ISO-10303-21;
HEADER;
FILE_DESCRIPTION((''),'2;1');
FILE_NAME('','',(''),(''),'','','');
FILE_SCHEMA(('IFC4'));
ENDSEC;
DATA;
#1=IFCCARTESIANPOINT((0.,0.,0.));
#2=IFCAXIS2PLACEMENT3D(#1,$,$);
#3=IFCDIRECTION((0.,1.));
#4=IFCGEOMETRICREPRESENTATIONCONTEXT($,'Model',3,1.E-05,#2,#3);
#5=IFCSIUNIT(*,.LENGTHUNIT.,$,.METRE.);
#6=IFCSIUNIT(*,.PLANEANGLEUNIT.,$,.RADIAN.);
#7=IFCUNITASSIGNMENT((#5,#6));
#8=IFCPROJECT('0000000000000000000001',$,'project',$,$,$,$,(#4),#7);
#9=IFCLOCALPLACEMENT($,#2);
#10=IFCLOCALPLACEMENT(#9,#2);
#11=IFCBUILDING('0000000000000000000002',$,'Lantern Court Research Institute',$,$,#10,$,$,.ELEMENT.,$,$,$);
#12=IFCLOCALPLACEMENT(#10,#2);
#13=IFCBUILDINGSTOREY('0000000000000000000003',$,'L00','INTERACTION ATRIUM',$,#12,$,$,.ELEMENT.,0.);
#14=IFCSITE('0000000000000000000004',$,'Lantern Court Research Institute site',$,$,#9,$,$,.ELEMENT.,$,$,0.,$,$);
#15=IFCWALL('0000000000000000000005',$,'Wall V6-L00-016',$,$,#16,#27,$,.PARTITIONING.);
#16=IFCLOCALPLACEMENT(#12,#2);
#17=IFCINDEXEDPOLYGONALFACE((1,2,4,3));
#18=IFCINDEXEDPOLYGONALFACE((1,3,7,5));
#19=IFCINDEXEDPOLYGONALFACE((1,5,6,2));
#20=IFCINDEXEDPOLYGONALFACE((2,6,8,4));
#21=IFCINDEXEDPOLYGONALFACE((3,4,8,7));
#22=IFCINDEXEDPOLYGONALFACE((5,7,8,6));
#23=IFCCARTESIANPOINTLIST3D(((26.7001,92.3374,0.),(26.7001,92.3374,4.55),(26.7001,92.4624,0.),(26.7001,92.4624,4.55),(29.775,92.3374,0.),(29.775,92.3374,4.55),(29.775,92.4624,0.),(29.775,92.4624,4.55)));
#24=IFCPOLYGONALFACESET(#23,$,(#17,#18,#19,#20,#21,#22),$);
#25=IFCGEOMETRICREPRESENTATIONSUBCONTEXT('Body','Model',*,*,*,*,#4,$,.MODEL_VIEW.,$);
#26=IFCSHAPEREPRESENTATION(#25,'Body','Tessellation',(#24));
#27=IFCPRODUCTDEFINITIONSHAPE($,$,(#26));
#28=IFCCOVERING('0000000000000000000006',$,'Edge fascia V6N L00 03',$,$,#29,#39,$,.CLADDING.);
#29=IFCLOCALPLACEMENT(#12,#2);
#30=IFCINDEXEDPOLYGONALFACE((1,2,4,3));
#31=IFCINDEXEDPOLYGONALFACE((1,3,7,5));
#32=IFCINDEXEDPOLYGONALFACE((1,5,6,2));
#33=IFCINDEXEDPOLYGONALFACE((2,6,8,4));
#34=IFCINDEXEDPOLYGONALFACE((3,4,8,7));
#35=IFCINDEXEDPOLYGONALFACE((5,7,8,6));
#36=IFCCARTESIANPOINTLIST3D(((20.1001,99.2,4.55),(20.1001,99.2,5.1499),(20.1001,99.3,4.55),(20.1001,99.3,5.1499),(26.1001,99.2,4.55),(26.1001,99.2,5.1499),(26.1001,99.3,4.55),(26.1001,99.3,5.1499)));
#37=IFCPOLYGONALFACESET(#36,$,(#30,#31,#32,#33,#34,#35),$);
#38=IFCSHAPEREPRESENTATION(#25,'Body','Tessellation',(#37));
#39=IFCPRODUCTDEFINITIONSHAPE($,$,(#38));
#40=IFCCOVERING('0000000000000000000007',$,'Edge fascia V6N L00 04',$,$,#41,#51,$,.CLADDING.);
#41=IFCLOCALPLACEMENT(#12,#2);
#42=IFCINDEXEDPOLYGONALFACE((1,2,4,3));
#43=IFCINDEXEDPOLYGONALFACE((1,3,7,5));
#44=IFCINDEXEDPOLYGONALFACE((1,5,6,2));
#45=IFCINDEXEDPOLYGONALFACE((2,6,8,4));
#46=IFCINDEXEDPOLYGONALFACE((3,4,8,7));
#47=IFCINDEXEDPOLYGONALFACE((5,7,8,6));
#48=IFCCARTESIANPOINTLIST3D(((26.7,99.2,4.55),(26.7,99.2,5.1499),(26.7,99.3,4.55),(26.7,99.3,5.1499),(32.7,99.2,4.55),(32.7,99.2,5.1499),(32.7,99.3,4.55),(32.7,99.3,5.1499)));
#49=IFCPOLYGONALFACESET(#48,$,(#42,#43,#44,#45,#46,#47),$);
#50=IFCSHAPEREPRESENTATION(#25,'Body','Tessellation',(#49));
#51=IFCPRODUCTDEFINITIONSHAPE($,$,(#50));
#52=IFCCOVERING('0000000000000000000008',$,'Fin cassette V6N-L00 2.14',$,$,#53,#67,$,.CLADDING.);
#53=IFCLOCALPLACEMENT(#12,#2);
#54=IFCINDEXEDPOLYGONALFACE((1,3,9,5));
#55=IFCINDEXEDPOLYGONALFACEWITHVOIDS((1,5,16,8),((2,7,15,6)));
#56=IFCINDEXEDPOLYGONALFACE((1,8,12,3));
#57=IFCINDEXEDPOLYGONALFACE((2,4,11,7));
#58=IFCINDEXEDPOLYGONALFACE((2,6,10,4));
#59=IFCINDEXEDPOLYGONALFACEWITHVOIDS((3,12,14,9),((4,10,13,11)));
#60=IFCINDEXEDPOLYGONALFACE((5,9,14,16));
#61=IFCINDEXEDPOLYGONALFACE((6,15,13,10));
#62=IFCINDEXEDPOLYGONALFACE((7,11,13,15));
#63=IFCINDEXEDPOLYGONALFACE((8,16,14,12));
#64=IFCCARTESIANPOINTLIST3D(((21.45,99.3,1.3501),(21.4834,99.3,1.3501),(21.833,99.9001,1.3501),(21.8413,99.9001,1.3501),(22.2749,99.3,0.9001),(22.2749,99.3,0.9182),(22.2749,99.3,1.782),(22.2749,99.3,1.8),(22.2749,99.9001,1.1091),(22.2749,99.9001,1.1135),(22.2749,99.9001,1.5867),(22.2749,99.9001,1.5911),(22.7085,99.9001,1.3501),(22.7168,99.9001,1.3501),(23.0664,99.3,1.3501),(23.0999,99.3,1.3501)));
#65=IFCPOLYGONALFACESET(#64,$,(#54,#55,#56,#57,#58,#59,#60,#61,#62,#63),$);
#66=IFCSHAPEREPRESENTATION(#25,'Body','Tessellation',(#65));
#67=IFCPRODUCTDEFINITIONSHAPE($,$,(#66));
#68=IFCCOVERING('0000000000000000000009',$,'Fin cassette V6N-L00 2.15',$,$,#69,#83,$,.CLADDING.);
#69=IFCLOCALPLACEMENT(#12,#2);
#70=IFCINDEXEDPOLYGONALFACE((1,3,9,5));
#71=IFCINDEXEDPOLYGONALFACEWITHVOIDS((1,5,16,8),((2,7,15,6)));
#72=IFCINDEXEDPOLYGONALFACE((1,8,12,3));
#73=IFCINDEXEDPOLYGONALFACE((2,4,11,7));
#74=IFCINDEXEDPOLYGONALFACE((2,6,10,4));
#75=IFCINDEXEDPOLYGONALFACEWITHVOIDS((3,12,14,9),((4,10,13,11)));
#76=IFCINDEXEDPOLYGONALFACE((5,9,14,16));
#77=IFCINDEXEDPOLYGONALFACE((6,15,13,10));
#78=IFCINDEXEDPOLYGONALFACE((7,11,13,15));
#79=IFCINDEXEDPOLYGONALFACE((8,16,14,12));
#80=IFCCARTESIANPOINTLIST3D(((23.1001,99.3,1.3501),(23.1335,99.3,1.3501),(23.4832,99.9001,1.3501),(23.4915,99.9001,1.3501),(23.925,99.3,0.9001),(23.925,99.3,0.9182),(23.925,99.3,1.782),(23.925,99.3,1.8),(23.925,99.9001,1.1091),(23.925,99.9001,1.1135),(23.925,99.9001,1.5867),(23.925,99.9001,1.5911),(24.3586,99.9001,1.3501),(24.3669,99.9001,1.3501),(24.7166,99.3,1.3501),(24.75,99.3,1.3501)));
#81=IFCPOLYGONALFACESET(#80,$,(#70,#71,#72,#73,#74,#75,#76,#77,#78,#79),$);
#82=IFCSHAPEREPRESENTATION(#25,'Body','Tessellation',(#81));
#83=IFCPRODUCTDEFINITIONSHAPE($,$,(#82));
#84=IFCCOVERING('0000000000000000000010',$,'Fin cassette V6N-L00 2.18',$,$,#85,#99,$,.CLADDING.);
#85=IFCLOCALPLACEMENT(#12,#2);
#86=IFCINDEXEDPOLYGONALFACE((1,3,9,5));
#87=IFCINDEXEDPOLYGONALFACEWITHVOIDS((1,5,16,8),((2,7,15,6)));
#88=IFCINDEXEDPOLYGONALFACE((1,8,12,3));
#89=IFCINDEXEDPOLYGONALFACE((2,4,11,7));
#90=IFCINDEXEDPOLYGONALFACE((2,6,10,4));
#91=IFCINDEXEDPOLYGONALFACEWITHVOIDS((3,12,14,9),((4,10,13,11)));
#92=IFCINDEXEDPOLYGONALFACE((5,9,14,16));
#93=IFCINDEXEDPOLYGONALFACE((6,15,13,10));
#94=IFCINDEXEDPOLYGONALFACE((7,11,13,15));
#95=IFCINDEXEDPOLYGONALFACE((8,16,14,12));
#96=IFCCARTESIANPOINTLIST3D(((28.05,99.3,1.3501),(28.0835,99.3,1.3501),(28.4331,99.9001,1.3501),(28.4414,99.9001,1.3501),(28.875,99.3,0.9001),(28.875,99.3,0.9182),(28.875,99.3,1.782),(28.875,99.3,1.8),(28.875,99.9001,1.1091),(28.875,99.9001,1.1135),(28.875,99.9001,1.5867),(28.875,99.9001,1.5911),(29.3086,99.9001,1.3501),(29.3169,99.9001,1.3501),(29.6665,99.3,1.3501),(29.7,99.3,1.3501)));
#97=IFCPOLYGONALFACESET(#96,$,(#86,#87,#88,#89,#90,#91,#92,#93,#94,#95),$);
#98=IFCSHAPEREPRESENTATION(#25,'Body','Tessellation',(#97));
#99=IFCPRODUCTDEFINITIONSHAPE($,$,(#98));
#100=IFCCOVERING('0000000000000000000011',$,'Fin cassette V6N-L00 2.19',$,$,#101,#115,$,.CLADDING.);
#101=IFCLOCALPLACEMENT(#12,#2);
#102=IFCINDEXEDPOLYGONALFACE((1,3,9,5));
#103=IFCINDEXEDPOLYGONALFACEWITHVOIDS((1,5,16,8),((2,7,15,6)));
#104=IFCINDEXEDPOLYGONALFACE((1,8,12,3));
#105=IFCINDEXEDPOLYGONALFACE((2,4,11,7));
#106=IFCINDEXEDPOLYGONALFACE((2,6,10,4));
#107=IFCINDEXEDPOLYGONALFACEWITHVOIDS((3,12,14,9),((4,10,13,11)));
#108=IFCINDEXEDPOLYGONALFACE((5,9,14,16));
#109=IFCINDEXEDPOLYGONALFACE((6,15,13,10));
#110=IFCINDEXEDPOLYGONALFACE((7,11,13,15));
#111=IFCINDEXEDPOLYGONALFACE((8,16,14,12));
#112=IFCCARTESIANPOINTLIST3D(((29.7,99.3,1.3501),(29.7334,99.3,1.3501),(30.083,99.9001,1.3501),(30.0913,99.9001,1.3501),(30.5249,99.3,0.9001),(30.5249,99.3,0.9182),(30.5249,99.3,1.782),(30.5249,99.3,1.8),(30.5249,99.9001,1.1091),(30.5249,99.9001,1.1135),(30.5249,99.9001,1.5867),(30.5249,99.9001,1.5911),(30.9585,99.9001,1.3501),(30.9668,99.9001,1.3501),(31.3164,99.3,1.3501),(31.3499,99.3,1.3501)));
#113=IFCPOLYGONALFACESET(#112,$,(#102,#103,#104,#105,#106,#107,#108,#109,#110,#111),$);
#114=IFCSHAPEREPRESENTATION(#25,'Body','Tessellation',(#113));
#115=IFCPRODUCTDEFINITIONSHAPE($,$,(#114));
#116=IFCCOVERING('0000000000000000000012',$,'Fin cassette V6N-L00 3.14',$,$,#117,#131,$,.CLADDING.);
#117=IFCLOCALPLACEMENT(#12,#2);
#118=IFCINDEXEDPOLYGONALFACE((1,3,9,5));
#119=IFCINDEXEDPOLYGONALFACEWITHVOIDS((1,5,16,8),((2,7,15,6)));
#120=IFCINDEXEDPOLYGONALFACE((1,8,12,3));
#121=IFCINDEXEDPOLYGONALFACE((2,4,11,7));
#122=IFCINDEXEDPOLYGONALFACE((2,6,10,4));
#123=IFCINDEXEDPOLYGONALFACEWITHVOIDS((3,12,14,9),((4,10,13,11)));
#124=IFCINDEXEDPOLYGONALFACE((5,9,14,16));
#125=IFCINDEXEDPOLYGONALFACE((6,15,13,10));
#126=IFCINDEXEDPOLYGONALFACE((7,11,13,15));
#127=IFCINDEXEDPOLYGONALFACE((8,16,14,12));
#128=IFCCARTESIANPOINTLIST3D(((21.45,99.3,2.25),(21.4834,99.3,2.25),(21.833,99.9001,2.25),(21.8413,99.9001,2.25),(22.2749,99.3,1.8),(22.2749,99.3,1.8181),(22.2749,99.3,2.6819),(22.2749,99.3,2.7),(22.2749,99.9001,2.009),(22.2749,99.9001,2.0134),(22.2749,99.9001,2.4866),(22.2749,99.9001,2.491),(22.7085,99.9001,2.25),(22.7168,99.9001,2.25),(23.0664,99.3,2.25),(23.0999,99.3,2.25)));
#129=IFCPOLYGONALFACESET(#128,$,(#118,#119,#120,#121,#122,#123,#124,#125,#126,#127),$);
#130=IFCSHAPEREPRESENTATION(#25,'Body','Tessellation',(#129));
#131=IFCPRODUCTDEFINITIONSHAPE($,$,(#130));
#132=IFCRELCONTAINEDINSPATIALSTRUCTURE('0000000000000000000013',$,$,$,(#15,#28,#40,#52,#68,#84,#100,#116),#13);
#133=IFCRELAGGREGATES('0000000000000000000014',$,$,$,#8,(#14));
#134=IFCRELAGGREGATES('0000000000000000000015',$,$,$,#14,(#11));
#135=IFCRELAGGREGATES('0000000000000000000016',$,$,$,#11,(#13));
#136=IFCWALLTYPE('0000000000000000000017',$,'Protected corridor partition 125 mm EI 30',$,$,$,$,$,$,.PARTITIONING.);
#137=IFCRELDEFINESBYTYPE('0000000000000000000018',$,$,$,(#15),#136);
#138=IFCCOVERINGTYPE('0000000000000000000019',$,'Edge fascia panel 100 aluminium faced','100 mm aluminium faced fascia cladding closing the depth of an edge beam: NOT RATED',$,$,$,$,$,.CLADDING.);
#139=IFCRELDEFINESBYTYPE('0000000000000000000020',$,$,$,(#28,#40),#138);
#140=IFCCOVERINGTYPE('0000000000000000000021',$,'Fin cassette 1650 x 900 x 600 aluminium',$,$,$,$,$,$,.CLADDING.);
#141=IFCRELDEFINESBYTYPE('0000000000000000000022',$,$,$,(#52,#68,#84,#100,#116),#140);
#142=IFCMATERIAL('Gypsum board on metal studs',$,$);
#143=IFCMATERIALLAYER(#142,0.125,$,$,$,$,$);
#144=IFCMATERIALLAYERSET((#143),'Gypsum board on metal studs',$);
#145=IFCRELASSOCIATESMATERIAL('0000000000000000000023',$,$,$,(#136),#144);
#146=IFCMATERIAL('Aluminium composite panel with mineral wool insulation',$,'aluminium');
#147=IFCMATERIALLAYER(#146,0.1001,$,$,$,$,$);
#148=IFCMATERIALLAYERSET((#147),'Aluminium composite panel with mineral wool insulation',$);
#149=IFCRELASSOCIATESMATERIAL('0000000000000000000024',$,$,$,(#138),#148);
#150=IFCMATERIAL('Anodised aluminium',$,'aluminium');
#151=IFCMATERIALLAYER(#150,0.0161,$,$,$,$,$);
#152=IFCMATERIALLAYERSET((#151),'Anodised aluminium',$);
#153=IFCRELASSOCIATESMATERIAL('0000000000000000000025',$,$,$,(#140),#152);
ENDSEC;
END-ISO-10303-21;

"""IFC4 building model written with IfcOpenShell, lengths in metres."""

from ifc_helpers import new_model, entity, si_unit, direction, frame, frame_2d, origin, place, context, subcontext, project, spatial, rectangle, extrude, material, layer, layer_set, type_object, element, save


model = new_model("IFC4")

# Units and contexts
model_context = context("Model", 3, precision=1e-05, world=origin(), true_north=direction((0.0, 1.0)))
body_context = subcontext(model_context, "Body", "Model", "MODEL_VIEW")
ifc_project = project(units=[si_unit("LENGTHUNIT", "METRE"), si_unit("PLANEANGLEUNIT", "RADIAN")], contexts=[model_context])

# Site, building, storey
site_placement = place(None, origin())
site = spatial("IfcSite", under=ifc_project, at=site_placement, Name="Lantern Court Research Institute site", CompositionType="ELEMENT", RefElevation=0.0)
building_placement = place(site_placement, origin())
building = spatial("IfcBuilding", under=site, at=building_placement, Name="Lantern Court Research Institute", CompositionType="ELEMENT")
storey_placement = place(building_placement, origin())
storey = spatial("IfcBuildingStorey", under=building, at=storey_placement, Name="L00", Description="INTERACTION ATRIUM", CompositionType="ELEMENT", Elevation=0.0)

# Wall
ifc_material_1 = material(Name="Gypsum board on metal studs")
ifc_layer_1 = layer(ifc_material_1, 0.125)
ifc_layer_set_1 = layer_set([ifc_layer_1], Name="Gypsum board on metal studs")
wall_type_1 = type_object("IfcWallType", Name="Protected corridor partition 125 mm EI 30", PredefinedType="PARTITIONING", material=ifc_layer_set_1)
wall_1_placement = place(storey_placement, frame((26.7, 92.3999, 0.0), z_axis=(0.0, 0.0, 1.0), x_axis=(1.0, 0.0, 0.0)))
element("IfcWall", 1, at=wall_1_placement, inside=storey, type_object=wall_type_1, Name="Wall V6-L00-016", PredefinedType="PARTITIONING", context=body_context, shape_type="SweptSolid", body=[
    extrude(rectangle(XDim=3.075, YDim=0.125, at=frame_2d((1.5376, 0.0))), origin(), (0.0, 0.0, 1.0), 4.55),
])

# Coverings
ifc_material_2 = material(Name="Aluminium composite panel with mineral wool insulation", Category="aluminium")
ifc_layer_2 = layer(ifc_material_2, 0.1001)
ifc_layer_set_2 = layer_set([ifc_layer_2], Name="Aluminium composite panel with mineral wool insulation")
covering_type_1 = type_object("IfcCoveringType", Name="Edge fascia panel 100 aluminium faced", Description="100 mm aluminium faced fascia cladding closing the depth of an edge beam: NOT RATED", PredefinedType="CLADDING", material=ifc_layer_set_2)
for number, where, z_axis, x_axis, name in (
    (2, (20.1001, 99.25, 4.55), (0.0, 0.0, 1.0), (1.0, 0.0, 0.0), "Edge fascia V6N L00 03"),
    (3, (26.7, 99.25, 4.55), (0.0, 0.0, 1.0), (1.0, 0.0, 0.0), "Edge fascia V6N L00 04"),
):
    element("IfcCovering", number, at=place(storey_placement, frame(where, z_axis=z_axis, x_axis=x_axis)), inside=storey, type_object=covering_type_1, Name=name, PredefinedType="CLADDING", context=body_context, shape_type="SweptSolid", body=[
        extrude(rectangle(XDim=6.0, YDim=0.1001, at=frame_2d((3.0, 0.0))), origin(), (0.0, 0.0, 1.0), 0.5999),
    ])
ifc_material_3 = material(Name="Anodised aluminium", Category="aluminium")
ifc_layer_3 = layer(ifc_material_3, 0.0161)
ifc_layer_set_3 = layer_set([ifc_layer_3], Name="Anodised aluminium")
covering_type_2 = type_object("IfcCoveringType", Name="Fin cassette 1650 x 900 x 600 aluminium", PredefinedType="CLADDING", material=ifc_layer_set_3)
covering_1_placement = place(storey_placement, frame((22.2749, 99.3, 1.3501), z_axis=(0.0, 1.0, 0.0), x_axis=(-1.0, 0.0, 0.0)))
cartesian_point_1 = entity("IfcCartesianPoint", [0.825, 0.0])
cartesian_point_2 = entity("IfcCartesianPoint", [0.7915, 0.0])
cartesian_point_3 = entity("IfcCartesianPoint", [0.4419, 0.0])
cartesian_point_4 = entity("IfcCartesianPoint", [0.4336, 0.0])
element("IfcCovering", 4, at=covering_1_placement, inside=storey, type_object=covering_type_2, Name="Fin cassette V6N-L00 2.14", PredefinedType="CLADDING", context=body_context, shape_type="SweptSolid", body=[
    entity("IfcExtrudedAreaSolidTapered", entity("IfcArbitraryProfileDefWithVoids", "AREA", None, entity("IfcPolyline", [cartesian_point_1, entity("IfcCartesianPoint", [0.0, 0.45]), entity("IfcCartesianPoint", [-0.825, 0.0]), entity("IfcCartesianPoint", [0.0, -0.45]), cartesian_point_1]), [entity("IfcPolyline", [cartesian_point_2, entity("IfcCartesianPoint", [0.0, 0.4319]), entity("IfcCartesianPoint", [-0.7915, 0.0]), entity("IfcCartesianPoint", [0.0, -0.4319]), cartesian_point_2])]), entity("IfcAxis2Placement3D", entity("IfcCartesianPoint", [0.0, 0.0, 0.0])), entity("IfcDirection", [0.0, 0.0, 1.0]), 0.6001, entity("IfcArbitraryProfileDefWithVoids", "AREA", None, entity("IfcPolyline", [cartesian_point_3, entity("IfcCartesianPoint", [0.0, 0.241]), entity("IfcCartesianPoint", [-0.4419, 0.0]), entity("IfcCartesianPoint", [0.0, -0.241]), cartesian_point_3]), [entity("IfcPolyline", [cartesian_point_4, entity("IfcCartesianPoint", [0.0, 0.2366]), entity("IfcCartesianPoint", [-0.4336, 0.0]), entity("IfcCartesianPoint", [0.0, -0.2366]), cartesian_point_4])])),
])
covering_2_placement = place(storey_placement, frame((23.925, 99.3, 1.3501), z_axis=(0.0, 1.0, 0.0), x_axis=(-1.0, 0.0, 0.0)))
cartesian_point_5 = entity("IfcCartesianPoint", [0.825, 0.0])
cartesian_point_6 = entity("IfcCartesianPoint", [0.7915, 0.0])
cartesian_point_7 = entity("IfcCartesianPoint", [0.4419, 0.0])
cartesian_point_8 = entity("IfcCartesianPoint", [0.4336, 0.0])
element("IfcCovering", 5, at=covering_2_placement, inside=storey, type_object=covering_type_2, Name="Fin cassette V6N-L00 2.15", PredefinedType="CLADDING", context=body_context, shape_type="SweptSolid", body=[
    entity("IfcExtrudedAreaSolidTapered", entity("IfcArbitraryProfileDefWithVoids", "AREA", None, entity("IfcPolyline", [cartesian_point_5, entity("IfcCartesianPoint", [0.0, 0.45]), entity("IfcCartesianPoint", [-0.825, 0.0]), entity("IfcCartesianPoint", [0.0, -0.45]), cartesian_point_5]), [entity("IfcPolyline", [cartesian_point_6, entity("IfcCartesianPoint", [0.0, 0.4319]), entity("IfcCartesianPoint", [-0.7915, 0.0]), entity("IfcCartesianPoint", [0.0, -0.4319]), cartesian_point_6])]), entity("IfcAxis2Placement3D", entity("IfcCartesianPoint", [0.0, 0.0, 0.0])), entity("IfcDirection", [0.0, 0.0, 1.0]), 0.6001, entity("IfcArbitraryProfileDefWithVoids", "AREA", None, entity("IfcPolyline", [cartesian_point_7, entity("IfcCartesianPoint", [0.0, 0.241]), entity("IfcCartesianPoint", [-0.4419, 0.0]), entity("IfcCartesianPoint", [0.0, -0.241]), cartesian_point_7]), [entity("IfcPolyline", [cartesian_point_8, entity("IfcCartesianPoint", [0.0, 0.2366]), entity("IfcCartesianPoint", [-0.4336, 0.0]), entity("IfcCartesianPoint", [0.0, -0.2366]), cartesian_point_8])])),
])
covering_3_placement = place(storey_placement, frame((28.875, 99.3, 1.3501), z_axis=(0.0, 1.0, 0.0), x_axis=(-1.0, 0.0, 0.0)))
cartesian_point_9 = entity("IfcCartesianPoint", [0.825, 0.0])
cartesian_point_10 = entity("IfcCartesianPoint", [0.7915, 0.0])
cartesian_point_11 = entity("IfcCartesianPoint", [0.4419, 0.0])
cartesian_point_12 = entity("IfcCartesianPoint", [0.4336, 0.0])
element("IfcCovering", 6, at=covering_3_placement, inside=storey, type_object=covering_type_2, Name="Fin cassette V6N-L00 2.18", PredefinedType="CLADDING", context=body_context, shape_type="SweptSolid", body=[
    entity("IfcExtrudedAreaSolidTapered", entity("IfcArbitraryProfileDefWithVoids", "AREA", None, entity("IfcPolyline", [cartesian_point_9, entity("IfcCartesianPoint", [0.0, 0.45]), entity("IfcCartesianPoint", [-0.825, 0.0]), entity("IfcCartesianPoint", [0.0, -0.45]), cartesian_point_9]), [entity("IfcPolyline", [cartesian_point_10, entity("IfcCartesianPoint", [0.0, 0.4319]), entity("IfcCartesianPoint", [-0.7915, 0.0]), entity("IfcCartesianPoint", [0.0, -0.4319]), cartesian_point_10])]), entity("IfcAxis2Placement3D", entity("IfcCartesianPoint", [0.0, 0.0, 0.0])), entity("IfcDirection", [0.0, 0.0, 1.0]), 0.6001, entity("IfcArbitraryProfileDefWithVoids", "AREA", None, entity("IfcPolyline", [cartesian_point_11, entity("IfcCartesianPoint", [0.0, 0.241]), entity("IfcCartesianPoint", [-0.4419, 0.0]), entity("IfcCartesianPoint", [0.0, -0.241]), cartesian_point_11]), [entity("IfcPolyline", [cartesian_point_12, entity("IfcCartesianPoint", [0.0, 0.2366]), entity("IfcCartesianPoint", [-0.4336, 0.0]), entity("IfcCartesianPoint", [0.0, -0.2366]), cartesian_point_12])])),
])
covering_4_placement = place(storey_placement, frame((30.5249, 99.3, 1.3501), z_axis=(0.0, 1.0, 0.0), x_axis=(-1.0, 0.0, 0.0)))
cartesian_point_13 = entity("IfcCartesianPoint", [0.825, 0.0])
cartesian_point_14 = entity("IfcCartesianPoint", [0.7915, 0.0])
cartesian_point_15 = entity("IfcCartesianPoint", [0.4419, 0.0])
cartesian_point_16 = entity("IfcCartesianPoint", [0.4336, 0.0])
element("IfcCovering", 7, at=covering_4_placement, inside=storey, type_object=covering_type_2, Name="Fin cassette V6N-L00 2.19", PredefinedType="CLADDING", context=body_context, shape_type="SweptSolid", body=[
    entity("IfcExtrudedAreaSolidTapered", entity("IfcArbitraryProfileDefWithVoids", "AREA", None, entity("IfcPolyline", [cartesian_point_13, entity("IfcCartesianPoint", [0.0, 0.45]), entity("IfcCartesianPoint", [-0.825, 0.0]), entity("IfcCartesianPoint", [0.0, -0.45]), cartesian_point_13]), [entity("IfcPolyline", [cartesian_point_14, entity("IfcCartesianPoint", [0.0, 0.4319]), entity("IfcCartesianPoint", [-0.7915, 0.0]), entity("IfcCartesianPoint", [0.0, -0.4319]), cartesian_point_14])]), entity("IfcAxis2Placement3D", entity("IfcCartesianPoint", [0.0, 0.0, 0.0])), entity("IfcDirection", [0.0, 0.0, 1.0]), 0.6001, entity("IfcArbitraryProfileDefWithVoids", "AREA", None, entity("IfcPolyline", [cartesian_point_15, entity("IfcCartesianPoint", [0.0, 0.241]), entity("IfcCartesianPoint", [-0.4419, 0.0]), entity("IfcCartesianPoint", [0.0, -0.241]), cartesian_point_15]), [entity("IfcPolyline", [cartesian_point_16, entity("IfcCartesianPoint", [0.0, 0.2366]), entity("IfcCartesianPoint", [-0.4336, 0.0]), entity("IfcCartesianPoint", [0.0, -0.2366]), cartesian_point_16])])),
])
covering_5_placement = place(storey_placement, frame((22.2749, 99.3, 2.25), z_axis=(0.0, 1.0, 0.0), x_axis=(-1.0, 0.0, 0.0)))
cartesian_point_17 = entity("IfcCartesianPoint", [0.825, 0.0])
cartesian_point_18 = entity("IfcCartesianPoint", [0.7915, 0.0])
cartesian_point_19 = entity("IfcCartesianPoint", [0.4419, 0.0])
cartesian_point_20 = entity("IfcCartesianPoint", [0.4336, 0.0])
element("IfcCovering", 8, at=covering_5_placement, inside=storey, type_object=covering_type_2, Name="Fin cassette V6N-L00 3.14", PredefinedType="CLADDING", context=body_context, shape_type="SweptSolid", body=[
    entity("IfcExtrudedAreaSolidTapered", entity("IfcArbitraryProfileDefWithVoids", "AREA", None, entity("IfcPolyline", [cartesian_point_17, entity("IfcCartesianPoint", [0.0, 0.45]), entity("IfcCartesianPoint", [-0.825, 0.0]), entity("IfcCartesianPoint", [0.0, -0.45]), cartesian_point_17]), [entity("IfcPolyline", [cartesian_point_18, entity("IfcCartesianPoint", [0.0, 0.4319]), entity("IfcCartesianPoint", [-0.7915, 0.0]), entity("IfcCartesianPoint", [0.0, -0.4319]), cartesian_point_18])]), entity("IfcAxis2Placement3D", entity("IfcCartesianPoint", [0.0, 0.0, 0.0])), entity("IfcDirection", [0.0, 0.0, 1.0]), 0.6001, entity("IfcArbitraryProfileDefWithVoids", "AREA", None, entity("IfcPolyline", [cartesian_point_19, entity("IfcCartesianPoint", [0.0, 0.241]), entity("IfcCartesianPoint", [-0.4419, 0.0]), entity("IfcCartesianPoint", [0.0, -0.241]), cartesian_point_19]), [entity("IfcPolyline", [cartesian_point_20, entity("IfcCartesianPoint", [0.0, 0.2366]), entity("IfcCartesianPoint", [-0.4336, 0.0]), entity("IfcCartesianPoint", [0.0, -0.2366]), cartesian_point_20])])),
])

save(model, "model.ifc")
